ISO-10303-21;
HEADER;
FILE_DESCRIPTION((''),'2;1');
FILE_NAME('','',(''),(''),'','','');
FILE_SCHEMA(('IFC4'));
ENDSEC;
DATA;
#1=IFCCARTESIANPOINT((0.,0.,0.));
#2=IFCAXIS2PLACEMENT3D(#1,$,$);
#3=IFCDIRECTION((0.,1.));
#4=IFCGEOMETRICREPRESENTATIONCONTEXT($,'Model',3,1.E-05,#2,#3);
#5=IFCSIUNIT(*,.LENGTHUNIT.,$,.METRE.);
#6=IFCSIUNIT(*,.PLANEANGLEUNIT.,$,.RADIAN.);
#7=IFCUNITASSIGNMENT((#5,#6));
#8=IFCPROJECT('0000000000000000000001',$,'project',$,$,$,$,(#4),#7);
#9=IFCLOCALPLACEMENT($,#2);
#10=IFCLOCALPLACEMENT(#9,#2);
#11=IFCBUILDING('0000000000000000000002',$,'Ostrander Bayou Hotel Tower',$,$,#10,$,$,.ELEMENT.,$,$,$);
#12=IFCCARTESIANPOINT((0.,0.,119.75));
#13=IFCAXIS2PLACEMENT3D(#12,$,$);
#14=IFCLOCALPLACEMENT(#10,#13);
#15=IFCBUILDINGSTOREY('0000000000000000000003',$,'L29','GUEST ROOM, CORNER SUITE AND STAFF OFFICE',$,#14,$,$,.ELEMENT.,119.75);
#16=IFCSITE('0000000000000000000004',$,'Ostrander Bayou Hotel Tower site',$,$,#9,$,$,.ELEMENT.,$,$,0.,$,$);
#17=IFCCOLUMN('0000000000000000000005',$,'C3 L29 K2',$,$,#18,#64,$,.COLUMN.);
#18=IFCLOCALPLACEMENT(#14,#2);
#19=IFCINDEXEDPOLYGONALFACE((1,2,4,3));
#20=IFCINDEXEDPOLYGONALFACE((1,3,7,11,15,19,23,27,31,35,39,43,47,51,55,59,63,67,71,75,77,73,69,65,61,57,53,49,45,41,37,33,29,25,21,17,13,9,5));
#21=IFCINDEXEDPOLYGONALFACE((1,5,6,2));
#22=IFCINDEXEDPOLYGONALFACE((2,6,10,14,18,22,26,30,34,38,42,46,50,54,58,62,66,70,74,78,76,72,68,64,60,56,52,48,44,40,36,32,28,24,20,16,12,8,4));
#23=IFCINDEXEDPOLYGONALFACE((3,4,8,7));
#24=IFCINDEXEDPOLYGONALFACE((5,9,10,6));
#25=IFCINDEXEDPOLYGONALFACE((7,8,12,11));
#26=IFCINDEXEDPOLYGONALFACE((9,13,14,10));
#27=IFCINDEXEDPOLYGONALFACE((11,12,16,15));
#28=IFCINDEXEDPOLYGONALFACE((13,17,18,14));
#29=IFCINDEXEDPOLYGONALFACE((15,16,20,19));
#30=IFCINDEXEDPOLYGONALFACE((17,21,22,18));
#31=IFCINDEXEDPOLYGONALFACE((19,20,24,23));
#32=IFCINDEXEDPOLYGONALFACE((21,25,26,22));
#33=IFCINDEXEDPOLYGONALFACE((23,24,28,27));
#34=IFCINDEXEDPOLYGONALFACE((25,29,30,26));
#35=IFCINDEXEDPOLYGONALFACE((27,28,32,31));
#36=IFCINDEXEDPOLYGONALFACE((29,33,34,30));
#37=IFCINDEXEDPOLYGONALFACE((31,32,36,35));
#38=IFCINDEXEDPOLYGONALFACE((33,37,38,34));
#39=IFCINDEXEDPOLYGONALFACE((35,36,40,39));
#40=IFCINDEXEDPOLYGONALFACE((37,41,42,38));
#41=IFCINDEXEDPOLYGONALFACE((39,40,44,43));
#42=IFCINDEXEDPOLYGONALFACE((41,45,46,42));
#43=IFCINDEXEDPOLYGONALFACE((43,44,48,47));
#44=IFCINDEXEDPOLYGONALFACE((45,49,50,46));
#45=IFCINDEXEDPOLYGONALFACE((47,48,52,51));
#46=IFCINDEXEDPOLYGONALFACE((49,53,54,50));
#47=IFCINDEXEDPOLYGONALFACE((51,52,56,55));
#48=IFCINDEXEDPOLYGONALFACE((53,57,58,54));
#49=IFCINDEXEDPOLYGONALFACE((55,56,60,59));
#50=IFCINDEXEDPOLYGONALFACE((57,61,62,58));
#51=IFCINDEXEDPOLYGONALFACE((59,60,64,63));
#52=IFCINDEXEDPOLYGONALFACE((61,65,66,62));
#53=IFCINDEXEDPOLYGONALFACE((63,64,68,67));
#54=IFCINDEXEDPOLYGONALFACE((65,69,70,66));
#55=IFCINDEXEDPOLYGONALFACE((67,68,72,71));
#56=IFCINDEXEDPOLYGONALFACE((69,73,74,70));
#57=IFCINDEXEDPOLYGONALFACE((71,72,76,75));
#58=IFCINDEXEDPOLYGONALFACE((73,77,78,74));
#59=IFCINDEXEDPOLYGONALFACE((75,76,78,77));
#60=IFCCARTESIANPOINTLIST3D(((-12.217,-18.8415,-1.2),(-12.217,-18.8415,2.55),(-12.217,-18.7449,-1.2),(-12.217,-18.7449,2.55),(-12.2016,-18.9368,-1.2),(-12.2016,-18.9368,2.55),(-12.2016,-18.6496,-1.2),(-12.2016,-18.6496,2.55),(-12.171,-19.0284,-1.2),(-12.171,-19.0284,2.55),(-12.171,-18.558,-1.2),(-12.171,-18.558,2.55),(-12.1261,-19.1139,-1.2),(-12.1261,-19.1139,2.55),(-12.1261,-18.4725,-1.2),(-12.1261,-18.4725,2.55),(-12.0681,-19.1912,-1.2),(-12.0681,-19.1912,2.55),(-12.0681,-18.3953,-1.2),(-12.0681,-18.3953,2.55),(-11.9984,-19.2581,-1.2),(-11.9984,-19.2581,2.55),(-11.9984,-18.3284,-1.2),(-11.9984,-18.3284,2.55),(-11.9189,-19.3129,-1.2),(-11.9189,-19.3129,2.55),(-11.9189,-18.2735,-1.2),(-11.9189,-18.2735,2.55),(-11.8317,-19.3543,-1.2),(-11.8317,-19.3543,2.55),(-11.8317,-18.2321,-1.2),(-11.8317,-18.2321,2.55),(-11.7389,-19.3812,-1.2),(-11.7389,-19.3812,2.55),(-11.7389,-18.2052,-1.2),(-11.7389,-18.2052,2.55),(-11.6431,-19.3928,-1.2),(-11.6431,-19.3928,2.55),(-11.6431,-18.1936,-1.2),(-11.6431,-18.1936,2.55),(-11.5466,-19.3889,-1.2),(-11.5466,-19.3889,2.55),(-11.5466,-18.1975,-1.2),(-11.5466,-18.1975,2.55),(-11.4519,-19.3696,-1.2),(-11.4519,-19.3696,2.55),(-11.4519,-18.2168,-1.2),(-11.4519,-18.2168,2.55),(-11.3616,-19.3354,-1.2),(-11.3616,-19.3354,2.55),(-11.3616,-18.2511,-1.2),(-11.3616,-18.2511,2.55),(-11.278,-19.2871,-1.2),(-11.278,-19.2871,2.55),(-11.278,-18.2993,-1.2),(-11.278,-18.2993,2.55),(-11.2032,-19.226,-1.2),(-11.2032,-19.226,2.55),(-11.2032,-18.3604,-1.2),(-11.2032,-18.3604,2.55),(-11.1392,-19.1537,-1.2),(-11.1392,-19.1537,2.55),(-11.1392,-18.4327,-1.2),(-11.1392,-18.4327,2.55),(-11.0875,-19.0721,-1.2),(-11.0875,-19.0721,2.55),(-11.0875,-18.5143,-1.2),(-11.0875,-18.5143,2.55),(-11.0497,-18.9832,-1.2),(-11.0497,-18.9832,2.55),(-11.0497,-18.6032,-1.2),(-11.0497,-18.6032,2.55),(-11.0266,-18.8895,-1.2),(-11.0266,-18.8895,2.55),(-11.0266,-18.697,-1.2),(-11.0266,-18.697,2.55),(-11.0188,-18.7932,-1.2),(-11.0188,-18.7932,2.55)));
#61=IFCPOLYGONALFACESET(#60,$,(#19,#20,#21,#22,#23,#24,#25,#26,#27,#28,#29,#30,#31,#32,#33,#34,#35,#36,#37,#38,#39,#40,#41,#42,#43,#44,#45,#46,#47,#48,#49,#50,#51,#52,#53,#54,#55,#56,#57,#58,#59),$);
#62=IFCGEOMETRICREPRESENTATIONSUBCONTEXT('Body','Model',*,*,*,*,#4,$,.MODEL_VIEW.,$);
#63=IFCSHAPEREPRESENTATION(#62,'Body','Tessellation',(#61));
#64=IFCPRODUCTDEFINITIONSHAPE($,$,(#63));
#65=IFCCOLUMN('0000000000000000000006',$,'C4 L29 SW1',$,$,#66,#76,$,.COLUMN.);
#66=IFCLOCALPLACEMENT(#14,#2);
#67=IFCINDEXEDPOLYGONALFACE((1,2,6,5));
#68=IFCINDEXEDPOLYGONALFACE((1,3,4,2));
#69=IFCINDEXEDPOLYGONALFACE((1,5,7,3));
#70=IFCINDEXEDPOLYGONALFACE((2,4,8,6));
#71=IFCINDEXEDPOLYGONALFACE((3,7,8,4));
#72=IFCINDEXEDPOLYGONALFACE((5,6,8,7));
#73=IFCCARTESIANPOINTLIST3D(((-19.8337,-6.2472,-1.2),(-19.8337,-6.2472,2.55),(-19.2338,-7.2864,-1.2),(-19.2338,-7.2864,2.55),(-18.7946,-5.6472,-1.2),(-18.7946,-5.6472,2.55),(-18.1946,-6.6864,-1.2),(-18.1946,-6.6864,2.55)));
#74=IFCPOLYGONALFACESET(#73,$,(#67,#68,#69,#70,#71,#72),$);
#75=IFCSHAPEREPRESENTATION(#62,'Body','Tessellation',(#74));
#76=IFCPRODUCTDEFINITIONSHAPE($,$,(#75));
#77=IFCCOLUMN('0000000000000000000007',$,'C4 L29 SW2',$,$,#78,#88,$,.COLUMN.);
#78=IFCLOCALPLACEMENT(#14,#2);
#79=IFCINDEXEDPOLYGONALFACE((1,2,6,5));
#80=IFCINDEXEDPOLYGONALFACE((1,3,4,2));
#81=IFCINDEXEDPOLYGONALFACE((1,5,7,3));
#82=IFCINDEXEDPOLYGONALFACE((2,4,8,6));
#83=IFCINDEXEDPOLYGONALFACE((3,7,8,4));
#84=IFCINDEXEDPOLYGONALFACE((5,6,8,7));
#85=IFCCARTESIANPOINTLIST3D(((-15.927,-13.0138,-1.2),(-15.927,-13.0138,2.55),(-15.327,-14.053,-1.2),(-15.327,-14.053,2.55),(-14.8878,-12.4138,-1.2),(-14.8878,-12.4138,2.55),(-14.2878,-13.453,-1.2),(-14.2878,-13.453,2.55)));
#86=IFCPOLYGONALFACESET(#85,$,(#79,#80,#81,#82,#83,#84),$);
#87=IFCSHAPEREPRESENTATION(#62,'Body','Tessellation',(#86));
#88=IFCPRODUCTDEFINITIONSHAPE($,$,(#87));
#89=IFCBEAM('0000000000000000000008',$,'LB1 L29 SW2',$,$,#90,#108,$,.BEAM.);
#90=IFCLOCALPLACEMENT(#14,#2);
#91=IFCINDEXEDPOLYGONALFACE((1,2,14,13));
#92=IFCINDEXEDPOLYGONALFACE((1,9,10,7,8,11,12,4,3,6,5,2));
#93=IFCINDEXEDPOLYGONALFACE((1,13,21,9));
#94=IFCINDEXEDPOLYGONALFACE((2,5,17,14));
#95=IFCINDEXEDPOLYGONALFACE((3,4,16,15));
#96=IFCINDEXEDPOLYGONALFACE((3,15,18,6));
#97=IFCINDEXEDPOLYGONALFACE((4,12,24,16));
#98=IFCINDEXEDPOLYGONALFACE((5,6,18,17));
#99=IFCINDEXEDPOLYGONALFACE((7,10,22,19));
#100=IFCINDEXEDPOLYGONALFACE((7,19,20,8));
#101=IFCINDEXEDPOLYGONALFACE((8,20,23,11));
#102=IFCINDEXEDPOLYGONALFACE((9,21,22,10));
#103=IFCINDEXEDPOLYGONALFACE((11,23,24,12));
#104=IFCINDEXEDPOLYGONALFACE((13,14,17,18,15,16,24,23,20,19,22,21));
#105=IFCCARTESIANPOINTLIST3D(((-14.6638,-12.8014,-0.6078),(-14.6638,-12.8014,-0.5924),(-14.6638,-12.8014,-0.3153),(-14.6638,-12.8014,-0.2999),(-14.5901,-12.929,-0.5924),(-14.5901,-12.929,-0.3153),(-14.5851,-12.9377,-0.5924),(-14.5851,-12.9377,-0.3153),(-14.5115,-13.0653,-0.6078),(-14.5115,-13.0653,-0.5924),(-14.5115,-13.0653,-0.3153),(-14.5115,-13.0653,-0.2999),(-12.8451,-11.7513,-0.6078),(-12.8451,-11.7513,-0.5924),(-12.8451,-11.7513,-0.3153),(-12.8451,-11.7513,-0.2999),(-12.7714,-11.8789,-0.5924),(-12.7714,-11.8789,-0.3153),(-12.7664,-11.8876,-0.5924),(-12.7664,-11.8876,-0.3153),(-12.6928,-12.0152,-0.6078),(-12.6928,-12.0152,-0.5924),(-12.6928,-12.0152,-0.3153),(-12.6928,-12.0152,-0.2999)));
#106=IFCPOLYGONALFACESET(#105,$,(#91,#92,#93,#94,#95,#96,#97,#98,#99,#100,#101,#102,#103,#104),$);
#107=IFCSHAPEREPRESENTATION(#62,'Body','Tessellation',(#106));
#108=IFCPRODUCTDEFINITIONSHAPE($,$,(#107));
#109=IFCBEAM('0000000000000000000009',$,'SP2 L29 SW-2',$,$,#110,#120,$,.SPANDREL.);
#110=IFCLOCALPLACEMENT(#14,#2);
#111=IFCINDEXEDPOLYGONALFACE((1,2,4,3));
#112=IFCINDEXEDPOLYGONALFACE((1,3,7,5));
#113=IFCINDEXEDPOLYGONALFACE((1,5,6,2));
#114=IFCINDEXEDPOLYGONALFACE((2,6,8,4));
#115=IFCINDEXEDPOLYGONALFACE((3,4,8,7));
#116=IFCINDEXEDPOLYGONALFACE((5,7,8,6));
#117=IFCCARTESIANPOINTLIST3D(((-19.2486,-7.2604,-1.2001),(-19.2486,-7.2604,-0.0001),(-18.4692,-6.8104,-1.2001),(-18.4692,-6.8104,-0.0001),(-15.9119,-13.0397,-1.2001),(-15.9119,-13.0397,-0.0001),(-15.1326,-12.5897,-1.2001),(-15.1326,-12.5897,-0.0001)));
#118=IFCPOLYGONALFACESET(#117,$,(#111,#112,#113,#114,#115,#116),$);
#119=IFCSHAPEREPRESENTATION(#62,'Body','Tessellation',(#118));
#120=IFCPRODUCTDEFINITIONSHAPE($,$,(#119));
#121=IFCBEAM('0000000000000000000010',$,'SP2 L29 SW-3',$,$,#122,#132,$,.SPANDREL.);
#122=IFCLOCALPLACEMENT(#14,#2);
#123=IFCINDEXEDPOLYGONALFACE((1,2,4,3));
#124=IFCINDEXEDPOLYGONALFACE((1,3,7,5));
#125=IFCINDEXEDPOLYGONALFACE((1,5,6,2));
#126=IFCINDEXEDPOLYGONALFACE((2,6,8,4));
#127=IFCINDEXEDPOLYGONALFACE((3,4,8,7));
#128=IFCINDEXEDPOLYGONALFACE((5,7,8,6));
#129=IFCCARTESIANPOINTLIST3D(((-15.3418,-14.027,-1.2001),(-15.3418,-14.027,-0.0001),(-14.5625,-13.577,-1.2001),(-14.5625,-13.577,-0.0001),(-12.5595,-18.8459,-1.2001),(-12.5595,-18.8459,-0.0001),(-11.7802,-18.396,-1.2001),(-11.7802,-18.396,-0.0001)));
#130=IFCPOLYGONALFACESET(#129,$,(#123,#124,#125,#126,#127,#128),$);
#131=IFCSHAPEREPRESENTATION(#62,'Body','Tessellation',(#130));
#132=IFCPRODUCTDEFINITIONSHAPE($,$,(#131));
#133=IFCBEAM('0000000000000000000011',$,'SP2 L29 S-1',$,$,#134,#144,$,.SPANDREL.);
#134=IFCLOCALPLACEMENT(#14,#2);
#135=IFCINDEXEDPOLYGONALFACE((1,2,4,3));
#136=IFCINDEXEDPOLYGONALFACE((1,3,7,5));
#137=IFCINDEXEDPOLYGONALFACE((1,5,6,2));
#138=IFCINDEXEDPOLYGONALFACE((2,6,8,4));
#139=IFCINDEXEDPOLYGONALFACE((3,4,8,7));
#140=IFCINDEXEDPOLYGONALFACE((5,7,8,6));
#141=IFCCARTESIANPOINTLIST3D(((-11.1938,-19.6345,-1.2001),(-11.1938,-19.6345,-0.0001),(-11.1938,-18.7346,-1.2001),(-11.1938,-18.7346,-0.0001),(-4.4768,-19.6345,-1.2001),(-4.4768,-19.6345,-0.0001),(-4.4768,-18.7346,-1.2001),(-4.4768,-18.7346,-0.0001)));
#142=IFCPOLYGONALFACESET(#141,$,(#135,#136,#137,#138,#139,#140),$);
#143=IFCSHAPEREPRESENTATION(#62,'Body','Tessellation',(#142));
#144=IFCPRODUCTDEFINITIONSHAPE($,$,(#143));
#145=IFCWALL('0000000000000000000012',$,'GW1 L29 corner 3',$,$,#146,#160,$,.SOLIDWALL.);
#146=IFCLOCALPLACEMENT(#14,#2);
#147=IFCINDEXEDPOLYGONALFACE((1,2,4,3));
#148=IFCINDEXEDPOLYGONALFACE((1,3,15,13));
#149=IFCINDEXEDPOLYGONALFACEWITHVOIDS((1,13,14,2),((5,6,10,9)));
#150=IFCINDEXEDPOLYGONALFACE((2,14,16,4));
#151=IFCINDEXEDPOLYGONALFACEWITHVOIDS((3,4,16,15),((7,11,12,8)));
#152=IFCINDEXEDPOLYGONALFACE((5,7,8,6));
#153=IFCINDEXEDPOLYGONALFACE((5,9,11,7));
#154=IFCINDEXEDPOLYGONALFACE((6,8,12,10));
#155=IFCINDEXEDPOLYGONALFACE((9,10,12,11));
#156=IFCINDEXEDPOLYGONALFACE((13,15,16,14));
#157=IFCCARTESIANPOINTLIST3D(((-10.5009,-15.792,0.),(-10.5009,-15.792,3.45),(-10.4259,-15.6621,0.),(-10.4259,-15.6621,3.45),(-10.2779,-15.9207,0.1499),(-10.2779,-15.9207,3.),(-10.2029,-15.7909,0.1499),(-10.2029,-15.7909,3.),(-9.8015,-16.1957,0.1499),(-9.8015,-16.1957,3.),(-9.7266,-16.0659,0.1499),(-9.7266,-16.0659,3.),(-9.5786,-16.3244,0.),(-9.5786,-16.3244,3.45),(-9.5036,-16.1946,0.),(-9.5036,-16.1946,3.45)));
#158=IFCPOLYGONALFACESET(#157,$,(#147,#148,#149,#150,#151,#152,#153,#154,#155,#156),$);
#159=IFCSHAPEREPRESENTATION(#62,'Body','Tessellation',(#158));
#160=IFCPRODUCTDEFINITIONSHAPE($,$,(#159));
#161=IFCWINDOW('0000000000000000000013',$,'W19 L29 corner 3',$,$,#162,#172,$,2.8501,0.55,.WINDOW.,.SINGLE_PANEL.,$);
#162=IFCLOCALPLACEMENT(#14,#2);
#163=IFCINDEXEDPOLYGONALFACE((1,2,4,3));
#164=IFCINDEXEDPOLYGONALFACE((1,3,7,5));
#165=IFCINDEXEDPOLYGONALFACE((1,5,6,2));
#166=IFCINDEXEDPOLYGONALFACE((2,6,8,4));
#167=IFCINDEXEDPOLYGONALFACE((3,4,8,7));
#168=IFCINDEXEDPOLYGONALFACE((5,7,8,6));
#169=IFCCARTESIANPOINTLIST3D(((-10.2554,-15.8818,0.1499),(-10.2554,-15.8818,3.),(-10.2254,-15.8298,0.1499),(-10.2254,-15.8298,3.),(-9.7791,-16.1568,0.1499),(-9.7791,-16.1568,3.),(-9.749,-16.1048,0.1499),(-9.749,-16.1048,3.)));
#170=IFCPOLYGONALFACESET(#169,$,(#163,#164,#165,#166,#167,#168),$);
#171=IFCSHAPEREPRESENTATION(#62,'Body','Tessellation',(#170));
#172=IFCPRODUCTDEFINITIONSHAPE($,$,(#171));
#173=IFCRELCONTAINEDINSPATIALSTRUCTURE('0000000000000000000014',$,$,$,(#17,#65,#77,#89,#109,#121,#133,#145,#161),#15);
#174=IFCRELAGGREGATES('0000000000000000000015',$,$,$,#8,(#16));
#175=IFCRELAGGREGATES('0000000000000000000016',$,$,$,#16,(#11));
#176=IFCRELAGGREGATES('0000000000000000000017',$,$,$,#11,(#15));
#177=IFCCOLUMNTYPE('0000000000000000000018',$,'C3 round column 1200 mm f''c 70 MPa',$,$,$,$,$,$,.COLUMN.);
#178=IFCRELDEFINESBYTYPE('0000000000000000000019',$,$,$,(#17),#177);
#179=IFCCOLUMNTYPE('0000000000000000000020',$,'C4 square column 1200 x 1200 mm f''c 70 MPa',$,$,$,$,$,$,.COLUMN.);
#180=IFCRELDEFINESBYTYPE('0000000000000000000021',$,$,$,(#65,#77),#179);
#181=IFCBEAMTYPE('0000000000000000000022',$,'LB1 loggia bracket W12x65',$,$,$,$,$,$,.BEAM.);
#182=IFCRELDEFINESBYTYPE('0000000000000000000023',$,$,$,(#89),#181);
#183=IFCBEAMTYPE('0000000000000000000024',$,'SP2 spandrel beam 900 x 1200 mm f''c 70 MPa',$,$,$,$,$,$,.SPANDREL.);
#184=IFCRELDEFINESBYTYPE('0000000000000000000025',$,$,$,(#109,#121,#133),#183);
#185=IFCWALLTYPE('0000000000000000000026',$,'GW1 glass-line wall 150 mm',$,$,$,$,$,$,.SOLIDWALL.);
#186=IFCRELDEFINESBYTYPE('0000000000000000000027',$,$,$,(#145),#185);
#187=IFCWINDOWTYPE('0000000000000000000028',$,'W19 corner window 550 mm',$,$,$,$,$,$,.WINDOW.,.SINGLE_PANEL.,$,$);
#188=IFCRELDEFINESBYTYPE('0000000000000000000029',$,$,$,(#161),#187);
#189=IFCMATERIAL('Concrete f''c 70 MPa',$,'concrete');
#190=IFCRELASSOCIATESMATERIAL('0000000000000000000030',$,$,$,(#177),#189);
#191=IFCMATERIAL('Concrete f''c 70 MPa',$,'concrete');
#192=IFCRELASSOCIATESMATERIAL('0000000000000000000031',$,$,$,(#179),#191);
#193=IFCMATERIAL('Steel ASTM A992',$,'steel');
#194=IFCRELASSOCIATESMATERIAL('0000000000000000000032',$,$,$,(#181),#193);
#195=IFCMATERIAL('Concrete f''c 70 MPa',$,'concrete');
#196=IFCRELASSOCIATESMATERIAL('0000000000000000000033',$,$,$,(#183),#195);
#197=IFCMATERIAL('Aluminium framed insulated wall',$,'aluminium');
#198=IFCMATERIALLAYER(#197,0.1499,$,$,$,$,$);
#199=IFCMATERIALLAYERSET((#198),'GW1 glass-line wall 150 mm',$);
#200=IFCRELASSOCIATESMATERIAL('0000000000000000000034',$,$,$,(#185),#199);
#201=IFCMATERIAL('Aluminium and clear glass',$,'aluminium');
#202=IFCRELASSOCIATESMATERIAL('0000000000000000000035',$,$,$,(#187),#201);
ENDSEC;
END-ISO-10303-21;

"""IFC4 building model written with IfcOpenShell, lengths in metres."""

from ifc_helpers import new_model, si_unit, direction, frame, frame_2d, origin, origin_2d, place, context, subcontext, project, spatial, rectangle, circle, i_section, extrude, material, layer, layer_set, material_profile, profile_set, type_object, element, fill, save


model = new_model("IFC4")

# Units and contexts
model_context = context("Model", 3, precision=1e-05, world=origin(), true_north=direction((0.0, 1.0)))
body_context = subcontext(model_context, "Body", "Model", "MODEL_VIEW")
ifc_project = project(units=[si_unit("LENGTHUNIT", "METRE"), si_unit("PLANEANGLEUNIT", "RADIAN")], contexts=[model_context])

# Site, building, storey
site_placement = place(None, origin())
site = spatial("IfcSite", under=ifc_project, at=site_placement, Name="Ostrander Bayou Hotel Tower site", CompositionType="ELEMENT", RefElevation=0.0)
building_placement = place(site_placement, origin())
building = spatial("IfcBuilding", under=site, at=building_placement, Name="Ostrander Bayou Hotel Tower", CompositionType="ELEMENT")
storey_placement = place(building_placement, frame((0.0, 0.0, 119.75)))
storey = spatial("IfcBuildingStorey", under=building, at=storey_placement, Name="L29", Description="GUEST ROOM, CORNER SUITE AND STAFF OFFICE", CompositionType="ELEMENT", Elevation=119.75)

# Columns
ifc_material_1 = material(Name="Concrete f'c 70 MPa", Category="concrete")
ifc_material_profile_1 = material_profile(ifc_material_1, circle(Radius=0.6001, at=origin_2d()))
ifc_profile_set_1 = profile_set([ifc_material_profile_1], Name="Concrete f'c 70 MPa")
column_type_1 = type_object("IfcColumnType", Name="C3 round column 1200 mm f'c 70 MPa", PredefinedType="COLUMN", material=ifc_profile_set_1)
column_placement = place(storey_placement, frame((-11.6189, -18.7932, -1.2), z_axis=(0.0, 0.0, 1.0), x_axis=(1.0, 0.0, 0.0)))
element("IfcColumn", 1, at=column_placement, inside=storey, type_object=column_type_1, Name="C3 L29 K2", PredefinedType="COLUMN", context=body_context, shape_type="SweptSolid", body=[
    extrude(circle(Radius=0.6001, at=origin_2d()), origin(), (0.0, 0.0, 1.0), 3.75),
])
ifc_material_2 = material(Name="Concrete f'c 70 MPa", Category="concrete")
ifc_material_profile_2 = material_profile(ifc_material_2, rectangle(XDim=1.2, YDim=1.2, at=origin_2d()))
ifc_profile_set_2 = profile_set([ifc_material_profile_2], Name="Concrete f'c 70 MPa")
column_type_2 = type_object("IfcColumnType", Name="C4 square column 1200 x 1200 mm f'c 70 MPa", PredefinedType="COLUMN", material=ifc_profile_set_2)
for number, where, z_axis, x_axis, name in (
    (2, (-19.0142, -6.4668, -1.2), (0.0, 0.0, 1.0), (-0.5, 0.866025, 0.0), "C4 L29 SW1"),
    (3, (-15.1074, -13.2334, -1.2), (0.0, 0.0, 1.0), (-0.5, 0.866025, 0.0), "C4 L29 SW2"),
):
    element("IfcColumn", number, at=place(storey_placement, frame(where, z_axis=z_axis, x_axis=x_axis)), inside=storey, type_object=column_type_2, Name=name, PredefinedType="COLUMN", context=body_context, shape_type="SweptSolid", body=[
        extrude(rectangle(XDim=1.2, YDim=1.2, at=origin_2d()), origin(), (0.0, 0.0, 1.0), 3.75),
    ])

# Beams
ifc_material_3 = material(Name="Steel ASTM A992", Category="steel")
ifc_material_profile_3 = material_profile(ifc_material_3, i_section(OverallWidth=0.3047, OverallDepth=0.3079, WebThickness=0.01, FlangeThickness=0.0154, at=origin_2d()))
ifc_profile_set_3 = profile_set([ifc_material_profile_3], Name="Steel ASTM A992")
beam_type_1 = type_object("IfcBeamType", Name="LB1 loggia bracket W12x65", PredefinedType="BEAM", material=ifc_profile_set_3)
beam_1_placement = place(storey_placement, frame((-14.5876, -12.9333, -0.4539), z_axis=(0.866009, 0.500028, 0.0), x_axis=(-0.500028, 0.866009, 0.0)))
element("IfcBeam", 4, at=beam_1_placement, inside=storey, type_object=beam_type_1, Name="LB1 L29 SW2", PredefinedType="BEAM", context=body_context, shape_type="SweptSolid", body=[
    extrude(i_section(OverallWidth=0.3047, OverallDepth=0.3079, WebThickness=0.01, FlangeThickness=0.0154, at=origin_2d()), origin(), (0.0, 0.0, 1.0), 2.1001),
])
ifc_material_4 = material(Name="Concrete f'c 70 MPa", Category="concrete")
ifc_material_profile_4 = material_profile(ifc_material_4, rectangle(XDim=0.8999, YDim=1.2, at=origin_2d()))
ifc_profile_set_4 = profile_set([ifc_material_profile_4], Name="Concrete f'c 70 MPa")
beam_type_2 = type_object("IfcBeamType", Name="SP2 spandrel beam 900 x 1200 mm f'c 70 MPa", PredefinedType="SPANDREL", material=ifc_profile_set_4)
beam_2_placement = place(storey_placement, frame((-18.8589, -7.0354, -0.6001), z_axis=(0.499999, -0.866026, 0.0), x_axis=(0.866026, 0.499999, 0.0)))
element("IfcBeam", 5, at=beam_2_placement, inside=storey, type_object=beam_type_2, Name="SP2 L29 SW-2", PredefinedType="SPANDREL", context=body_context, shape_type="SweptSolid", body=[
    extrude(rectangle(XDim=0.8999, YDim=1.2, at=origin_2d()), origin(), (0.0, 0.0, 1.0), 6.6733),
])
beam_3_placement = place(storey_placement, frame((-14.9521, -13.802, -0.6001), z_axis=(0.500009, -0.86602, 0.0), x_axis=(0.86602, 0.500009, 0.0)))
element("IfcBeam", 6, at=beam_3_placement, inside=storey, type_object=beam_type_2, Name="SP2 L29 SW-3", PredefinedType="SPANDREL", context=body_context, shape_type="SweptSolid", body=[
    extrude(rectangle(XDim=0.8999, YDim=1.2, at=origin_2d()), origin(), (0.0, 0.0, 1.0), 5.5645),
])
beam_4_placement = place(storey_placement, frame((-11.1938, -19.1846, -0.6001), z_axis=(1.0, 0.0, 0.0), x_axis=(0.0, 1.0, 0.0)))
element("IfcBeam", 7, at=beam_4_placement, inside=storey, type_object=beam_type_2, Name="SP2 L29 S-1", PredefinedType="SPANDREL", context=body_context, shape_type="SweptSolid", body=[
    extrude(rectangle(XDim=0.8999, YDim=1.2, at=origin_2d()), origin(), (0.0, 0.0, 1.0), 6.717),
])

# Wall, opening, window
ifc_material_5 = material(Name="Aluminium framed insulated wall", Category="aluminium")
ifc_layer_1 = layer(ifc_material_5, 0.1499)
ifc_layer_set_1 = layer_set([ifc_layer_1], Name="GW1 glass-line wall 150 mm")
wall_type_1 = type_object("IfcWallType", Name="GW1 glass-line wall 150 mm", PredefinedType="SOLIDWALL", material=ifc_layer_set_1)
wall_1_placement = place(storey_placement, frame((-10.4634, -15.7271, 0.0), z_axis=(0.0, 0.0, 1.0), x_axis=(0.866048, -0.499961, 0.0)))
wall_1 = element("IfcWall", 8, at=wall_1_placement, inside=storey, type_object=wall_type_1, Name="GW1 L29 corner 3", PredefinedType="SOLIDWALL", context=body_context, shape_type="SweptSolid", body=[
    extrude(rectangle(XDim=1.0649, YDim=0.1499, at=frame_2d((0.5325, 0.0))), origin(), (0.0, 0.0, 1.0), 3.45),
])
opening_placement = place(wall_1_placement, frame((0.2576, 0.0, 0.1499)))
opening = element("IfcOpeningElement", 9, at=opening_placement, cuts=wall_1, PredefinedType="OPENING", context=body_context, shape_type="SweptSolid", body=[
    extrude(rectangle(XDim=0.55, YDim=2.8501, at=frame_2d((0.2749, 1.425))), frame((0.0, 0.075, 0.0), z_axis=(0.0, -1.0, 0.0), x_axis=(1.0, 0.0, 0.0)), (0.0, 0.0, 1.0), 0.1499),
])
ifc_material_6 = material(Name="Aluminium and clear glass", Category="aluminium")
window_type = type_object("IfcWindowType", Name="W19 corner window 550 mm", PartitioningType="SINGLE_PANEL", PredefinedType="WINDOW", material=ifc_material_6)
window_placement = place(opening_placement, origin())
window = element("IfcWindow", 10, at=window_placement, inside=storey, type_object=window_type, Name="W19 L29 corner 3", OverallHeight=2.8501, OverallWidth=0.55, PartitioningType="SINGLE_PANEL", PredefinedType="WINDOW", context=body_context, shape_type="SweptSolid", body=[
    extrude(rectangle(XDim=0.55, YDim=2.8501, at=frame_2d((0.2749, 1.425))), frame((0.0, 0.03, 0.0), z_axis=(0.0, -1.0, 0.0), x_axis=(1.0, 0.0, 0.0)), (0.0, 0.0, 1.0), 0.0601),
])
fill(opening, window)

save(model, "model.ifc")
